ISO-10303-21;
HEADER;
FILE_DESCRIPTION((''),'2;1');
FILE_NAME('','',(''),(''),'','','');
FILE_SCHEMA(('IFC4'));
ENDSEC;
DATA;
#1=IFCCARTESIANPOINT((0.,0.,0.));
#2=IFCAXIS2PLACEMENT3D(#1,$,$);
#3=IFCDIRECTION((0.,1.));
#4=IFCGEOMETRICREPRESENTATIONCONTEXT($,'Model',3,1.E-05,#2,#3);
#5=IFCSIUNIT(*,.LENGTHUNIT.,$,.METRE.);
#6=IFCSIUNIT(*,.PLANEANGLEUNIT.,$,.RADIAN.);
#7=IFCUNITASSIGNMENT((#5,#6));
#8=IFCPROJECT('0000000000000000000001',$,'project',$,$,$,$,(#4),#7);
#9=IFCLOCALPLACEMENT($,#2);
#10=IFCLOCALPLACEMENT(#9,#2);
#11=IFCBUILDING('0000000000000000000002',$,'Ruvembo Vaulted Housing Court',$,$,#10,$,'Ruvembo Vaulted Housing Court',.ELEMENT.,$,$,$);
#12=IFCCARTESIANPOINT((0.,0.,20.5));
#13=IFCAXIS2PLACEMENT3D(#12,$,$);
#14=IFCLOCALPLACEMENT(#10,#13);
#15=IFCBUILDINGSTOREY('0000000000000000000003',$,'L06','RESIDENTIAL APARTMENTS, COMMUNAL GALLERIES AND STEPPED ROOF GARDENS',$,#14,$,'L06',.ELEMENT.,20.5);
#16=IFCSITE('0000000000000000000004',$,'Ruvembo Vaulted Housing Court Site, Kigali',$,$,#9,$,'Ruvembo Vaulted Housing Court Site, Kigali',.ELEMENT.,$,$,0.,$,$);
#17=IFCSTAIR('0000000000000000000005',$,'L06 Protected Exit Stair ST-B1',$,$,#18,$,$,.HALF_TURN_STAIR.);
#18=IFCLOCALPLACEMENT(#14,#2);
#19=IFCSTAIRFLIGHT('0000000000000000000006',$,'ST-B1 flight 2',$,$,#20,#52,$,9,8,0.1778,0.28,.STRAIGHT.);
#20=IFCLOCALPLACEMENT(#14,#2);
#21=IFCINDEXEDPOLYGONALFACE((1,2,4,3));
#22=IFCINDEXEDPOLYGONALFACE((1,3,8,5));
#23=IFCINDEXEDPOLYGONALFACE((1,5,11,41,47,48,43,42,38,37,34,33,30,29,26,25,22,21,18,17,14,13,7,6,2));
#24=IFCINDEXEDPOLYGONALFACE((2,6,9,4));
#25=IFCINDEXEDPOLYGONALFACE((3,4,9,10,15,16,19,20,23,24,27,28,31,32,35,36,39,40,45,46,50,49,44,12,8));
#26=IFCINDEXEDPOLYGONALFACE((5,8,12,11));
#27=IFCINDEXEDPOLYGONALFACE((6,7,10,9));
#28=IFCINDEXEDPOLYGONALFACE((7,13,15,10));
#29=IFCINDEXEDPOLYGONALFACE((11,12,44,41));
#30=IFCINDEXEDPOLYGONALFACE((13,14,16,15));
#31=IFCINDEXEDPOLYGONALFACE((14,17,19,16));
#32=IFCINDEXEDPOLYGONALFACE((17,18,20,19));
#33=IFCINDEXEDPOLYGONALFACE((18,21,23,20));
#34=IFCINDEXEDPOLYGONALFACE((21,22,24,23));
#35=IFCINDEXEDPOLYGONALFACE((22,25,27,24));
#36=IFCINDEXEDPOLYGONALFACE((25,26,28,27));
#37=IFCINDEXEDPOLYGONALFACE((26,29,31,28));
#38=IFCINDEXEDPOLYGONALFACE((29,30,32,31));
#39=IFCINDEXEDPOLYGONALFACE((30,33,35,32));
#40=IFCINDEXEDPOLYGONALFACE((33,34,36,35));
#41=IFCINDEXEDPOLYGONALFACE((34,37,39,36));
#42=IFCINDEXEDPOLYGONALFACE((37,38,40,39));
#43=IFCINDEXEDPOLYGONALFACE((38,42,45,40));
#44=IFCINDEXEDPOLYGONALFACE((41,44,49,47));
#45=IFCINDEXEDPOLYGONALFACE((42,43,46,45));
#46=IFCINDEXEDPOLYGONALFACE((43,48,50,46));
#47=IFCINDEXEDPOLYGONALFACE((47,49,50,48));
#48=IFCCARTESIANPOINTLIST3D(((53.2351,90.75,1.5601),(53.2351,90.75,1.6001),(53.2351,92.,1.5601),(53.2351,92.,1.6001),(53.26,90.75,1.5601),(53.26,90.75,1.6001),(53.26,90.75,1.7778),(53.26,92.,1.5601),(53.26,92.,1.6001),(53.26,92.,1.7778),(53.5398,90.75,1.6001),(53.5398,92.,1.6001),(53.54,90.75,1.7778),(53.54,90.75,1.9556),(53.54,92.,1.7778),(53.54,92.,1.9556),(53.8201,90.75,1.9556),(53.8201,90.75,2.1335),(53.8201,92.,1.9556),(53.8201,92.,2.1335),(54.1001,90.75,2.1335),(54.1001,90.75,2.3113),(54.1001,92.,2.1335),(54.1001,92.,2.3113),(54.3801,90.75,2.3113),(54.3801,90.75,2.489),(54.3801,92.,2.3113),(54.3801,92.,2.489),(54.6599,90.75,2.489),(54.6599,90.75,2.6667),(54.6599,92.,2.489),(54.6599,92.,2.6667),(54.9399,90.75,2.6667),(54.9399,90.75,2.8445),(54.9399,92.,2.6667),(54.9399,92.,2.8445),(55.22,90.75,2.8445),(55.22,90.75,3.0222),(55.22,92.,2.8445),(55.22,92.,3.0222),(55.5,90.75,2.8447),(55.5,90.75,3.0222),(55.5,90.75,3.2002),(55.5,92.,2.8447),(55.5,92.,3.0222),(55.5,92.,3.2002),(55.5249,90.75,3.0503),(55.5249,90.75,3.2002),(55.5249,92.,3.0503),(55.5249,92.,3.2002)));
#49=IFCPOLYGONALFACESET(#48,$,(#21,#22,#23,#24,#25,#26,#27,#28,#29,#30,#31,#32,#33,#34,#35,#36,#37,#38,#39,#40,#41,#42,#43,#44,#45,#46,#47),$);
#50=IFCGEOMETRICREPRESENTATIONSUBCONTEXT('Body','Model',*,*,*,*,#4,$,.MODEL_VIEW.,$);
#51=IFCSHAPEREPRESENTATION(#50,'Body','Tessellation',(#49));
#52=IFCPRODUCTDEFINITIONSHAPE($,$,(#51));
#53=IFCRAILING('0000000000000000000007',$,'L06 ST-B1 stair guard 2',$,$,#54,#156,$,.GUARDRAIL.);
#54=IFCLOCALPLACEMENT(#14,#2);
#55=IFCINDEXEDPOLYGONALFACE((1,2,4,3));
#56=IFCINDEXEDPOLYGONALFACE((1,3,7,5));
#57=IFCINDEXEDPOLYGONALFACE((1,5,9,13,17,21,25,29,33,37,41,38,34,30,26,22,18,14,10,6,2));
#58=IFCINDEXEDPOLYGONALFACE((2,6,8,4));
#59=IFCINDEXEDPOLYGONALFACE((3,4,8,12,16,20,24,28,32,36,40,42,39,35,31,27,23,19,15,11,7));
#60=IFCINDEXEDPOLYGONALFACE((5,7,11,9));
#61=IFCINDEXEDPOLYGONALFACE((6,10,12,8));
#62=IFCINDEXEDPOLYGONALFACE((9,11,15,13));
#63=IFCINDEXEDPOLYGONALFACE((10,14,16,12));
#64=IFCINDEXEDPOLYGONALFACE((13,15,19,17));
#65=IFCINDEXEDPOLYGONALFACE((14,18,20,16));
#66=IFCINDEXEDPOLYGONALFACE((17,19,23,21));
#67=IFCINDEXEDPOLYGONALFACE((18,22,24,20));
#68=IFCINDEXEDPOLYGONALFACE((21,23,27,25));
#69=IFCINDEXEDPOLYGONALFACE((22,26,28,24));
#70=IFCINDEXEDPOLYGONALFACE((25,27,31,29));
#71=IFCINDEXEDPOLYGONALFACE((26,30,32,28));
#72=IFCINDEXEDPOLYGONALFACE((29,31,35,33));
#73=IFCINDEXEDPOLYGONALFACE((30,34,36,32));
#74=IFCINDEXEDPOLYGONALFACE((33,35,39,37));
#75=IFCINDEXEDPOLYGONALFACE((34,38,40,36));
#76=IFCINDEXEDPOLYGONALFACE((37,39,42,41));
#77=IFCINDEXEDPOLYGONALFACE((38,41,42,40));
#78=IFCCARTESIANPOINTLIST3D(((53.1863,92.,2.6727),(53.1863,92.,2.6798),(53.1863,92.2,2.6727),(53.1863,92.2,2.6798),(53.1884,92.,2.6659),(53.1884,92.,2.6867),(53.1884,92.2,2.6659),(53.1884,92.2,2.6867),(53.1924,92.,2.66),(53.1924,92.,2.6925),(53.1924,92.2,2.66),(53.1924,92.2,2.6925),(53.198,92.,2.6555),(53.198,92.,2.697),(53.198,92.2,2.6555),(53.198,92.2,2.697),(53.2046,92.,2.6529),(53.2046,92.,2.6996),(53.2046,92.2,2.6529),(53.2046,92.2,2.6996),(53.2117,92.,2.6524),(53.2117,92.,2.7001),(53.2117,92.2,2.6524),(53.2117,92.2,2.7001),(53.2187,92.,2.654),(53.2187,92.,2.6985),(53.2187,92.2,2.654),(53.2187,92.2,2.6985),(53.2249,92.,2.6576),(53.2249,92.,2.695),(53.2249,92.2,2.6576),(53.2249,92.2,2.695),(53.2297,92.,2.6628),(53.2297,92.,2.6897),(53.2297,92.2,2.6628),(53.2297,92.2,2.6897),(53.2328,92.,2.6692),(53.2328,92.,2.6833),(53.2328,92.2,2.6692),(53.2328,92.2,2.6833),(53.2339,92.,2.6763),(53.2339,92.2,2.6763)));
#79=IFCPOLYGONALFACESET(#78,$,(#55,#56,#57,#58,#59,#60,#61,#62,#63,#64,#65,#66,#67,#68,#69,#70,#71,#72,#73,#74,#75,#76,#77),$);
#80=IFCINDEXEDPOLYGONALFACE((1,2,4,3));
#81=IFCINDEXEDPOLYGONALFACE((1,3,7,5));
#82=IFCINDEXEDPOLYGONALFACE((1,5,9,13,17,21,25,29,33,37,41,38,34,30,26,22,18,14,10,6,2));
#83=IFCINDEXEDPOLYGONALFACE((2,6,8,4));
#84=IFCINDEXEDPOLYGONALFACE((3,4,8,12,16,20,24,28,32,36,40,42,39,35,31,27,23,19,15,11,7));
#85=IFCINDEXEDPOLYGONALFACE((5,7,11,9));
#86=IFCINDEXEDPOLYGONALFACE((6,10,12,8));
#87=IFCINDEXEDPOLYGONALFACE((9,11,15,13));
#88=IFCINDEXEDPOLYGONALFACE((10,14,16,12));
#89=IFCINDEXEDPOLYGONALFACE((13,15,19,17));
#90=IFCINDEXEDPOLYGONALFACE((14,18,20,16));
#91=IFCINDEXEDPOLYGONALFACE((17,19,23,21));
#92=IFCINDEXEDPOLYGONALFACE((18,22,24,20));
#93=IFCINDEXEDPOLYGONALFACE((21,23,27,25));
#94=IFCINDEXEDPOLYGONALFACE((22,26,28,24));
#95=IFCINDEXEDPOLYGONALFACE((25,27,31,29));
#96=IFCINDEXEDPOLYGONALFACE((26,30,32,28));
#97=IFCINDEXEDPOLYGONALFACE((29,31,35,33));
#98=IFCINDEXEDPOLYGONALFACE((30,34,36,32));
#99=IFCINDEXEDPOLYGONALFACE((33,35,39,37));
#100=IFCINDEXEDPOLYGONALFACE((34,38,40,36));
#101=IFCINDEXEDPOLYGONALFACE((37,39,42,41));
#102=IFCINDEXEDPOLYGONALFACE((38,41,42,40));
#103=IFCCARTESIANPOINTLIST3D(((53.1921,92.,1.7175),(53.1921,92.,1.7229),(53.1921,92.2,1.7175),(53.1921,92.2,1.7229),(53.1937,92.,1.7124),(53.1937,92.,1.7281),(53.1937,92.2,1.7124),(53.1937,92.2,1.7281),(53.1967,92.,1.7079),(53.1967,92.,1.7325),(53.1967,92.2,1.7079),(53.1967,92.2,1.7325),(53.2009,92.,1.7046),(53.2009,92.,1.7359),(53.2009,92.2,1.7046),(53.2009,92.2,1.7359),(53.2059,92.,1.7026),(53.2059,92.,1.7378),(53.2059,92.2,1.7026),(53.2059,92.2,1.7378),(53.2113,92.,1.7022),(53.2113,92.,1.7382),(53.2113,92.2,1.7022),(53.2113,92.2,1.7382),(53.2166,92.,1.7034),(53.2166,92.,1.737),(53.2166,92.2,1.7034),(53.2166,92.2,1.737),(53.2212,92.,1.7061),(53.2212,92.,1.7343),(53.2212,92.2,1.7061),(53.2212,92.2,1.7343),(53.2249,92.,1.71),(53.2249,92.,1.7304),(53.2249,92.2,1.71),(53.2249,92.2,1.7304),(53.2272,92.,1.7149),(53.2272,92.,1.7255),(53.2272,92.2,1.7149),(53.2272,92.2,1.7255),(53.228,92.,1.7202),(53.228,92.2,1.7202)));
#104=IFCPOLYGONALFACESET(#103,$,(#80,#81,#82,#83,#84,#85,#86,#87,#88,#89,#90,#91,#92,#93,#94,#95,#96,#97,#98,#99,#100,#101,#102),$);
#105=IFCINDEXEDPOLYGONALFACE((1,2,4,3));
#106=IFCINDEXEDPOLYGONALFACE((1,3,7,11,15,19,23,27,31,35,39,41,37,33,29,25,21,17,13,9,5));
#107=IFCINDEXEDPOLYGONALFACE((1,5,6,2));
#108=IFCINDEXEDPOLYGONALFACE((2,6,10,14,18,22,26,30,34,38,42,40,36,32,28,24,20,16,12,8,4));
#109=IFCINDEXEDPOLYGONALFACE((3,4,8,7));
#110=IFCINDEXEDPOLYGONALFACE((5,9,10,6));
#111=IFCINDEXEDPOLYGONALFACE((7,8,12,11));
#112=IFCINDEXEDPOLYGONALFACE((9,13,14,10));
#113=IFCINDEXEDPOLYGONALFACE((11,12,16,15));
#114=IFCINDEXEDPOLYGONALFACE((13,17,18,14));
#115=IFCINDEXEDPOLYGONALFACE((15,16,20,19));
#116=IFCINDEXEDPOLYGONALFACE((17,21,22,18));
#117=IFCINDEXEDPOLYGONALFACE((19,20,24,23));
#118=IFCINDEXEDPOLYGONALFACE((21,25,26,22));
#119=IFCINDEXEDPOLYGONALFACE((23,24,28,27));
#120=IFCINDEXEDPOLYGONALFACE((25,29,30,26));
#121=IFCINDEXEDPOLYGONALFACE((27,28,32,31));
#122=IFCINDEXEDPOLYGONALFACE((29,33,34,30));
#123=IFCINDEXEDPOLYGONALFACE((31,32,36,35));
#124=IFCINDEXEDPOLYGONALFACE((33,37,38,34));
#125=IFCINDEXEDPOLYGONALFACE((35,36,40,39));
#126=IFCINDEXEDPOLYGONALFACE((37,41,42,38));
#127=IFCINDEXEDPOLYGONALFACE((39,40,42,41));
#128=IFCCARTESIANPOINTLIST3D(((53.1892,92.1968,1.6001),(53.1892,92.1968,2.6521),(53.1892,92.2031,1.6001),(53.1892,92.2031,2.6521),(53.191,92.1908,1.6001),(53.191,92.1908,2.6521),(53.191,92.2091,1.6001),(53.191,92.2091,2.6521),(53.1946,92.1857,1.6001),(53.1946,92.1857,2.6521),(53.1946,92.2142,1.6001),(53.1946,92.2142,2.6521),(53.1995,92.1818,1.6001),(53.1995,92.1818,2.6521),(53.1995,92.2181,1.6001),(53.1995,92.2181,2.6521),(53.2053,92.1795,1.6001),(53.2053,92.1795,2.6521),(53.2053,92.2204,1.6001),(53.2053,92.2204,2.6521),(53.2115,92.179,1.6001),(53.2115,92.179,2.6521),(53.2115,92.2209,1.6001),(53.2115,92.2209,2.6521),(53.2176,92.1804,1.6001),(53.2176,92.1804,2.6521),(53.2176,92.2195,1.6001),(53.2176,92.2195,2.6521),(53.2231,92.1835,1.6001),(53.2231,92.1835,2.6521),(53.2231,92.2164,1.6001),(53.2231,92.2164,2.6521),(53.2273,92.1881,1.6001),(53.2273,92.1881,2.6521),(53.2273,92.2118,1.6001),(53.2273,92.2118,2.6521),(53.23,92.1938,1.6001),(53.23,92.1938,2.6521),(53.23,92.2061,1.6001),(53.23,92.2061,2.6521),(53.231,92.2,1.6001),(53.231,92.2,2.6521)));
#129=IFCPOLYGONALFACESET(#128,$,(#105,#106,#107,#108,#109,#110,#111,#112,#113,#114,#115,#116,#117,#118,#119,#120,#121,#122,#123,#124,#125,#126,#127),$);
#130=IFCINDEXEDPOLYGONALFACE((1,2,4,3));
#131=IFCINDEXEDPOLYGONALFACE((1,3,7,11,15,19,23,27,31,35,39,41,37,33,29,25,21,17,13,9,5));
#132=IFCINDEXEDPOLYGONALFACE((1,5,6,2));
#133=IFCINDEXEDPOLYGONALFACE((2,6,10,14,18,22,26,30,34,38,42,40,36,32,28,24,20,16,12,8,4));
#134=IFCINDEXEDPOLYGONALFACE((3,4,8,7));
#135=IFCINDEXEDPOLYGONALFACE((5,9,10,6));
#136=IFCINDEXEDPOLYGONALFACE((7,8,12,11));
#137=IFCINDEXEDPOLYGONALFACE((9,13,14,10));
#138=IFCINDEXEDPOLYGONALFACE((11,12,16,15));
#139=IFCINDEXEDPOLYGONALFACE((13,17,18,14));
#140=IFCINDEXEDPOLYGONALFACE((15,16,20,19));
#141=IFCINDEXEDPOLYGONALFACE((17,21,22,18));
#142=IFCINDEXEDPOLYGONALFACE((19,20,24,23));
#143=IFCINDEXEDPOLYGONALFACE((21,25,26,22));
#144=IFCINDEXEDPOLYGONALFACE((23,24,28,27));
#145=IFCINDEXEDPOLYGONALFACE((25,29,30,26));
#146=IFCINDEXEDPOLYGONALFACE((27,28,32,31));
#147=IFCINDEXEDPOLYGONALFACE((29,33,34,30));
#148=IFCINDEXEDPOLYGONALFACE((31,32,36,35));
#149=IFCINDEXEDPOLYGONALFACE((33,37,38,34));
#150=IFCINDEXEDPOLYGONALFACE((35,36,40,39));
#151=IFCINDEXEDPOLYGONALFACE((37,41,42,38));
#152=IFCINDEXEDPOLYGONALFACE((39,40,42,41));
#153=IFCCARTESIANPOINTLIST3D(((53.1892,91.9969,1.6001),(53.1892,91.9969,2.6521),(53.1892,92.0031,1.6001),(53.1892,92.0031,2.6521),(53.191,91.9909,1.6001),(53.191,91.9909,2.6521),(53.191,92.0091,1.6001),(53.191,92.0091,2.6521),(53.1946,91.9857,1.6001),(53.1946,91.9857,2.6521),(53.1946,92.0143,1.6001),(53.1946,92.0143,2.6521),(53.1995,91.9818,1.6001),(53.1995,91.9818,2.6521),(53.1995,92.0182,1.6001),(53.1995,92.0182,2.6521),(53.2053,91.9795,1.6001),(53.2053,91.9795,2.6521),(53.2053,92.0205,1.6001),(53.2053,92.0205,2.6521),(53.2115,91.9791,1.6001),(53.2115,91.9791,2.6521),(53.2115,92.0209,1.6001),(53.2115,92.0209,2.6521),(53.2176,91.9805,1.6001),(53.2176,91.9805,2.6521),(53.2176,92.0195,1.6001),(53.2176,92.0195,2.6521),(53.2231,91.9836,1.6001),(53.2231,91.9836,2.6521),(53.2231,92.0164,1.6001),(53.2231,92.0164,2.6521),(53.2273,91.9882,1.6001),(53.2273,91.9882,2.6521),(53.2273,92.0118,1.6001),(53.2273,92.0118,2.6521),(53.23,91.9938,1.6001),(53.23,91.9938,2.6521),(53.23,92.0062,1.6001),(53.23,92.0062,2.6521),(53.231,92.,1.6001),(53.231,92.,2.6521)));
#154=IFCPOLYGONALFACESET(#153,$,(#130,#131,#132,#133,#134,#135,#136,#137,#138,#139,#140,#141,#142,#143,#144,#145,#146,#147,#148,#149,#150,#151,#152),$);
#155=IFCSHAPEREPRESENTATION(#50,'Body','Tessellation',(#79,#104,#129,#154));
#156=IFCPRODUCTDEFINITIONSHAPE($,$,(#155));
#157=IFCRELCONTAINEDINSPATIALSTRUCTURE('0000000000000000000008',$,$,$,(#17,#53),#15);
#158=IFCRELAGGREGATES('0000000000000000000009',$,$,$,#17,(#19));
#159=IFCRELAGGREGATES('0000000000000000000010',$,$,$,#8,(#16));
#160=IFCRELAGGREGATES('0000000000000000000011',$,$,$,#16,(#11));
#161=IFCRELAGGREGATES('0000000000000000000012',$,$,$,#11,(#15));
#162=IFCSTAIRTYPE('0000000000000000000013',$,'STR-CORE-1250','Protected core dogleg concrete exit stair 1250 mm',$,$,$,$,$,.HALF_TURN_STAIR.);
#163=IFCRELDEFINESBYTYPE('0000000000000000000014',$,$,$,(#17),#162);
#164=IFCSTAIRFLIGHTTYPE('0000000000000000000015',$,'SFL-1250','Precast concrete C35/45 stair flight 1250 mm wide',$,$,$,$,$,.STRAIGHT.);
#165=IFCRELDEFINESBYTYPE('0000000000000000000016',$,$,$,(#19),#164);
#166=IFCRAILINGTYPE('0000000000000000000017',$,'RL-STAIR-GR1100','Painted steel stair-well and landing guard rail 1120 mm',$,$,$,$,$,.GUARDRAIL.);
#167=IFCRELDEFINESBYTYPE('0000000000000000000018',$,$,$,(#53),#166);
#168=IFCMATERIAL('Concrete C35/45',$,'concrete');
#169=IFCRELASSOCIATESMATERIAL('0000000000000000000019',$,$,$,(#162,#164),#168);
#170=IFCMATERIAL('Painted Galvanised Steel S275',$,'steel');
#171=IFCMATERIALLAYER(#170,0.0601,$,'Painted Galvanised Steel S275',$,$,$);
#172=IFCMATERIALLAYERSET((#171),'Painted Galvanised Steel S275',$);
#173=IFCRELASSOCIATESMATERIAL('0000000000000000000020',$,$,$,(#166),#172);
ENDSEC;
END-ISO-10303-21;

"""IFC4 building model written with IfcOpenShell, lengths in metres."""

from ifc_helpers import new_model, si_unit, direction, frame, origin, origin_2d, place, context, subcontext, project, spatial, polyline, circle, outline, extrude, material, layer, layer_set, type_object, element, aggregate, save


model = new_model("IFC4")

# Units and contexts
model_context = context("Model", 3, precision=1e-05, world=origin(), true_north=direction((0.0, 1.0)))
body_context = subcontext(model_context, "Body", "Model", "MODEL_VIEW")
ifc_project = project(units=[si_unit("LENGTHUNIT", "METRE"), si_unit("PLANEANGLEUNIT", "RADIAN")], contexts=[model_context])

# Site, building, storey
site_placement = place(None, origin())
site = spatial("IfcSite", under=ifc_project, at=site_placement, Name="Ruvembo Vaulted Housing Court Site, Kigali", LongName="Ruvembo Vaulted Housing Court Site, Kigali", CompositionType="ELEMENT", RefElevation=0.0)
building_placement = place(site_placement, origin())
building = spatial("IfcBuilding", under=site, at=building_placement, Name="Ruvembo Vaulted Housing Court", LongName="Ruvembo Vaulted Housing Court", CompositionType="ELEMENT")
storey_placement = place(building_placement, frame((0.0, 0.0, 20.5)))
storey = spatial("IfcBuildingStorey", under=building, at=storey_placement, Name="L06", Description="RESIDENTIAL APARTMENTS, COMMUNAL GALLERIES AND STEPPED ROOF GARDENS", LongName="L06", CompositionType="ELEMENT", Elevation=20.5)

# Shared definitions
ifc_material_1 = material(Name="Concrete C35/45", Category="concrete")

# Stair, stair flight
stair_type = type_object("IfcStairType", Name="STR-CORE-1250", Description="Protected core dogleg concrete exit stair 1250 mm", PredefinedType="HALF_TURN_STAIR", material=ifc_material_1)
stair_placement = place(storey_placement, origin())
stair = element("IfcStair", 1, at=stair_placement, inside=storey, type_object=stair_type, Name="L06 Protected Exit Stair ST-B1", PredefinedType="HALF_TURN_STAIR")
stair_flight_type = type_object("IfcStairFlightType", Name="SFL-1250", Description="Precast concrete C35/45 stair flight 1250 mm wide", PredefinedType="STRAIGHT", material=ifc_material_1)
stair_flight_placement = place(storey_placement, frame((53.26, 91.375, 1.6001), z_axis=(0.0, 0.0, 1.0), x_axis=(1.0, 0.0, 0.0)))
stair_flight = element("IfcStairFlight", 2, at=stair_flight_placement, type_object=stair_flight_type, Name="ST-B1 flight 2", NumberOfRisers=9, NumberOfTreads=8, PredefinedType="STRAIGHT", RiserHeight=0.1778, TreadLength=0.28, context=body_context, shape_type="SweptSolid", body=[
    extrude(outline(polyline([(-0.0249, -0.04), (-0.0249, 0.0), (0.0, 0.0), (0.0, 0.1777), (0.28, 0.1777), (0.28, 0.3555), (0.5601, 0.3555), (0.5601, 0.5334), (0.8401, 0.5334), (0.8401, 0.7112), (1.1201, 0.7112), (1.1201, 0.8889), (1.3999, 0.8889), (1.3999, 1.0667), (1.6799, 1.0667), (1.6799, 1.2444), (1.96, 1.2444), (1.96, 1.4221), (2.24, 1.4221), (2.24, 1.6001), (2.2649, 1.6001), (2.2649, 1.4502), (2.24, 1.2446), (0.2798, 0.0), (0.0, -0.04), (-0.0249, -0.04)])), frame((0.0, 0.625, 0.0), z_axis=(0.0, -1.0, 0.0), x_axis=(1.0, 0.0, 0.0)), (0.0, 0.0, 1.0), 1.25),
])
aggregate(stair, [stair_flight])

# Railing
ifc_material_2 = material(Name="Painted Galvanised Steel S275", Category="steel")
ifc_layer_1 = layer(ifc_material_2, 0.0601, Name="Painted Galvanised Steel S275")
ifc_layer_set_1 = layer_set([ifc_layer_1], Name="Painted Galvanised Steel S275")
railing_type_1 = type_object("IfcRailingType", Name="RL-STAIR-GR1100", Description="Painted steel stair-well and landing guard rail 1120 mm", PredefinedType="GUARDRAIL", material=ifc_layer_set_1)
railing_1_placement = place(storey_placement, frame((53.21, 92.2, 1.6001)))
element("IfcRailing", 3, at=railing_1_placement, inside=storey, type_object=railing_type_1, Name="L06 ST-B1 stair guard 2", PredefinedType="GUARDRAIL", context=body_context, shape_type="SweptSolid", body=[
    extrude(circle(Radius=0.0239, at=origin_2d()), frame((0.0, 0.0, 1.0762), z_axis=(0.0, -1.0, 0.0), x_axis=(1.0, 0.0, 0.0)), (0.0, 0.0, 1.0), 0.2),
    extrude(circle(Radius=0.0181, at=origin_2d()), frame((0.0, 0.0, 0.1201), z_axis=(0.0, -1.0, 0.0), x_axis=(1.0, 0.0, 0.0)), (0.0, 0.0, 1.0), 0.2),
    extrude(circle(Radius=0.021, at=origin_2d()), origin(), (0.0, 0.0, 1.0), 1.052),
    extrude(circle(Radius=0.021, at=origin_2d()), frame((0.0, -0.2, 0.0)), (0.0, 0.0, 1.0), 1.052),
])

save(model, "model.ifc")
